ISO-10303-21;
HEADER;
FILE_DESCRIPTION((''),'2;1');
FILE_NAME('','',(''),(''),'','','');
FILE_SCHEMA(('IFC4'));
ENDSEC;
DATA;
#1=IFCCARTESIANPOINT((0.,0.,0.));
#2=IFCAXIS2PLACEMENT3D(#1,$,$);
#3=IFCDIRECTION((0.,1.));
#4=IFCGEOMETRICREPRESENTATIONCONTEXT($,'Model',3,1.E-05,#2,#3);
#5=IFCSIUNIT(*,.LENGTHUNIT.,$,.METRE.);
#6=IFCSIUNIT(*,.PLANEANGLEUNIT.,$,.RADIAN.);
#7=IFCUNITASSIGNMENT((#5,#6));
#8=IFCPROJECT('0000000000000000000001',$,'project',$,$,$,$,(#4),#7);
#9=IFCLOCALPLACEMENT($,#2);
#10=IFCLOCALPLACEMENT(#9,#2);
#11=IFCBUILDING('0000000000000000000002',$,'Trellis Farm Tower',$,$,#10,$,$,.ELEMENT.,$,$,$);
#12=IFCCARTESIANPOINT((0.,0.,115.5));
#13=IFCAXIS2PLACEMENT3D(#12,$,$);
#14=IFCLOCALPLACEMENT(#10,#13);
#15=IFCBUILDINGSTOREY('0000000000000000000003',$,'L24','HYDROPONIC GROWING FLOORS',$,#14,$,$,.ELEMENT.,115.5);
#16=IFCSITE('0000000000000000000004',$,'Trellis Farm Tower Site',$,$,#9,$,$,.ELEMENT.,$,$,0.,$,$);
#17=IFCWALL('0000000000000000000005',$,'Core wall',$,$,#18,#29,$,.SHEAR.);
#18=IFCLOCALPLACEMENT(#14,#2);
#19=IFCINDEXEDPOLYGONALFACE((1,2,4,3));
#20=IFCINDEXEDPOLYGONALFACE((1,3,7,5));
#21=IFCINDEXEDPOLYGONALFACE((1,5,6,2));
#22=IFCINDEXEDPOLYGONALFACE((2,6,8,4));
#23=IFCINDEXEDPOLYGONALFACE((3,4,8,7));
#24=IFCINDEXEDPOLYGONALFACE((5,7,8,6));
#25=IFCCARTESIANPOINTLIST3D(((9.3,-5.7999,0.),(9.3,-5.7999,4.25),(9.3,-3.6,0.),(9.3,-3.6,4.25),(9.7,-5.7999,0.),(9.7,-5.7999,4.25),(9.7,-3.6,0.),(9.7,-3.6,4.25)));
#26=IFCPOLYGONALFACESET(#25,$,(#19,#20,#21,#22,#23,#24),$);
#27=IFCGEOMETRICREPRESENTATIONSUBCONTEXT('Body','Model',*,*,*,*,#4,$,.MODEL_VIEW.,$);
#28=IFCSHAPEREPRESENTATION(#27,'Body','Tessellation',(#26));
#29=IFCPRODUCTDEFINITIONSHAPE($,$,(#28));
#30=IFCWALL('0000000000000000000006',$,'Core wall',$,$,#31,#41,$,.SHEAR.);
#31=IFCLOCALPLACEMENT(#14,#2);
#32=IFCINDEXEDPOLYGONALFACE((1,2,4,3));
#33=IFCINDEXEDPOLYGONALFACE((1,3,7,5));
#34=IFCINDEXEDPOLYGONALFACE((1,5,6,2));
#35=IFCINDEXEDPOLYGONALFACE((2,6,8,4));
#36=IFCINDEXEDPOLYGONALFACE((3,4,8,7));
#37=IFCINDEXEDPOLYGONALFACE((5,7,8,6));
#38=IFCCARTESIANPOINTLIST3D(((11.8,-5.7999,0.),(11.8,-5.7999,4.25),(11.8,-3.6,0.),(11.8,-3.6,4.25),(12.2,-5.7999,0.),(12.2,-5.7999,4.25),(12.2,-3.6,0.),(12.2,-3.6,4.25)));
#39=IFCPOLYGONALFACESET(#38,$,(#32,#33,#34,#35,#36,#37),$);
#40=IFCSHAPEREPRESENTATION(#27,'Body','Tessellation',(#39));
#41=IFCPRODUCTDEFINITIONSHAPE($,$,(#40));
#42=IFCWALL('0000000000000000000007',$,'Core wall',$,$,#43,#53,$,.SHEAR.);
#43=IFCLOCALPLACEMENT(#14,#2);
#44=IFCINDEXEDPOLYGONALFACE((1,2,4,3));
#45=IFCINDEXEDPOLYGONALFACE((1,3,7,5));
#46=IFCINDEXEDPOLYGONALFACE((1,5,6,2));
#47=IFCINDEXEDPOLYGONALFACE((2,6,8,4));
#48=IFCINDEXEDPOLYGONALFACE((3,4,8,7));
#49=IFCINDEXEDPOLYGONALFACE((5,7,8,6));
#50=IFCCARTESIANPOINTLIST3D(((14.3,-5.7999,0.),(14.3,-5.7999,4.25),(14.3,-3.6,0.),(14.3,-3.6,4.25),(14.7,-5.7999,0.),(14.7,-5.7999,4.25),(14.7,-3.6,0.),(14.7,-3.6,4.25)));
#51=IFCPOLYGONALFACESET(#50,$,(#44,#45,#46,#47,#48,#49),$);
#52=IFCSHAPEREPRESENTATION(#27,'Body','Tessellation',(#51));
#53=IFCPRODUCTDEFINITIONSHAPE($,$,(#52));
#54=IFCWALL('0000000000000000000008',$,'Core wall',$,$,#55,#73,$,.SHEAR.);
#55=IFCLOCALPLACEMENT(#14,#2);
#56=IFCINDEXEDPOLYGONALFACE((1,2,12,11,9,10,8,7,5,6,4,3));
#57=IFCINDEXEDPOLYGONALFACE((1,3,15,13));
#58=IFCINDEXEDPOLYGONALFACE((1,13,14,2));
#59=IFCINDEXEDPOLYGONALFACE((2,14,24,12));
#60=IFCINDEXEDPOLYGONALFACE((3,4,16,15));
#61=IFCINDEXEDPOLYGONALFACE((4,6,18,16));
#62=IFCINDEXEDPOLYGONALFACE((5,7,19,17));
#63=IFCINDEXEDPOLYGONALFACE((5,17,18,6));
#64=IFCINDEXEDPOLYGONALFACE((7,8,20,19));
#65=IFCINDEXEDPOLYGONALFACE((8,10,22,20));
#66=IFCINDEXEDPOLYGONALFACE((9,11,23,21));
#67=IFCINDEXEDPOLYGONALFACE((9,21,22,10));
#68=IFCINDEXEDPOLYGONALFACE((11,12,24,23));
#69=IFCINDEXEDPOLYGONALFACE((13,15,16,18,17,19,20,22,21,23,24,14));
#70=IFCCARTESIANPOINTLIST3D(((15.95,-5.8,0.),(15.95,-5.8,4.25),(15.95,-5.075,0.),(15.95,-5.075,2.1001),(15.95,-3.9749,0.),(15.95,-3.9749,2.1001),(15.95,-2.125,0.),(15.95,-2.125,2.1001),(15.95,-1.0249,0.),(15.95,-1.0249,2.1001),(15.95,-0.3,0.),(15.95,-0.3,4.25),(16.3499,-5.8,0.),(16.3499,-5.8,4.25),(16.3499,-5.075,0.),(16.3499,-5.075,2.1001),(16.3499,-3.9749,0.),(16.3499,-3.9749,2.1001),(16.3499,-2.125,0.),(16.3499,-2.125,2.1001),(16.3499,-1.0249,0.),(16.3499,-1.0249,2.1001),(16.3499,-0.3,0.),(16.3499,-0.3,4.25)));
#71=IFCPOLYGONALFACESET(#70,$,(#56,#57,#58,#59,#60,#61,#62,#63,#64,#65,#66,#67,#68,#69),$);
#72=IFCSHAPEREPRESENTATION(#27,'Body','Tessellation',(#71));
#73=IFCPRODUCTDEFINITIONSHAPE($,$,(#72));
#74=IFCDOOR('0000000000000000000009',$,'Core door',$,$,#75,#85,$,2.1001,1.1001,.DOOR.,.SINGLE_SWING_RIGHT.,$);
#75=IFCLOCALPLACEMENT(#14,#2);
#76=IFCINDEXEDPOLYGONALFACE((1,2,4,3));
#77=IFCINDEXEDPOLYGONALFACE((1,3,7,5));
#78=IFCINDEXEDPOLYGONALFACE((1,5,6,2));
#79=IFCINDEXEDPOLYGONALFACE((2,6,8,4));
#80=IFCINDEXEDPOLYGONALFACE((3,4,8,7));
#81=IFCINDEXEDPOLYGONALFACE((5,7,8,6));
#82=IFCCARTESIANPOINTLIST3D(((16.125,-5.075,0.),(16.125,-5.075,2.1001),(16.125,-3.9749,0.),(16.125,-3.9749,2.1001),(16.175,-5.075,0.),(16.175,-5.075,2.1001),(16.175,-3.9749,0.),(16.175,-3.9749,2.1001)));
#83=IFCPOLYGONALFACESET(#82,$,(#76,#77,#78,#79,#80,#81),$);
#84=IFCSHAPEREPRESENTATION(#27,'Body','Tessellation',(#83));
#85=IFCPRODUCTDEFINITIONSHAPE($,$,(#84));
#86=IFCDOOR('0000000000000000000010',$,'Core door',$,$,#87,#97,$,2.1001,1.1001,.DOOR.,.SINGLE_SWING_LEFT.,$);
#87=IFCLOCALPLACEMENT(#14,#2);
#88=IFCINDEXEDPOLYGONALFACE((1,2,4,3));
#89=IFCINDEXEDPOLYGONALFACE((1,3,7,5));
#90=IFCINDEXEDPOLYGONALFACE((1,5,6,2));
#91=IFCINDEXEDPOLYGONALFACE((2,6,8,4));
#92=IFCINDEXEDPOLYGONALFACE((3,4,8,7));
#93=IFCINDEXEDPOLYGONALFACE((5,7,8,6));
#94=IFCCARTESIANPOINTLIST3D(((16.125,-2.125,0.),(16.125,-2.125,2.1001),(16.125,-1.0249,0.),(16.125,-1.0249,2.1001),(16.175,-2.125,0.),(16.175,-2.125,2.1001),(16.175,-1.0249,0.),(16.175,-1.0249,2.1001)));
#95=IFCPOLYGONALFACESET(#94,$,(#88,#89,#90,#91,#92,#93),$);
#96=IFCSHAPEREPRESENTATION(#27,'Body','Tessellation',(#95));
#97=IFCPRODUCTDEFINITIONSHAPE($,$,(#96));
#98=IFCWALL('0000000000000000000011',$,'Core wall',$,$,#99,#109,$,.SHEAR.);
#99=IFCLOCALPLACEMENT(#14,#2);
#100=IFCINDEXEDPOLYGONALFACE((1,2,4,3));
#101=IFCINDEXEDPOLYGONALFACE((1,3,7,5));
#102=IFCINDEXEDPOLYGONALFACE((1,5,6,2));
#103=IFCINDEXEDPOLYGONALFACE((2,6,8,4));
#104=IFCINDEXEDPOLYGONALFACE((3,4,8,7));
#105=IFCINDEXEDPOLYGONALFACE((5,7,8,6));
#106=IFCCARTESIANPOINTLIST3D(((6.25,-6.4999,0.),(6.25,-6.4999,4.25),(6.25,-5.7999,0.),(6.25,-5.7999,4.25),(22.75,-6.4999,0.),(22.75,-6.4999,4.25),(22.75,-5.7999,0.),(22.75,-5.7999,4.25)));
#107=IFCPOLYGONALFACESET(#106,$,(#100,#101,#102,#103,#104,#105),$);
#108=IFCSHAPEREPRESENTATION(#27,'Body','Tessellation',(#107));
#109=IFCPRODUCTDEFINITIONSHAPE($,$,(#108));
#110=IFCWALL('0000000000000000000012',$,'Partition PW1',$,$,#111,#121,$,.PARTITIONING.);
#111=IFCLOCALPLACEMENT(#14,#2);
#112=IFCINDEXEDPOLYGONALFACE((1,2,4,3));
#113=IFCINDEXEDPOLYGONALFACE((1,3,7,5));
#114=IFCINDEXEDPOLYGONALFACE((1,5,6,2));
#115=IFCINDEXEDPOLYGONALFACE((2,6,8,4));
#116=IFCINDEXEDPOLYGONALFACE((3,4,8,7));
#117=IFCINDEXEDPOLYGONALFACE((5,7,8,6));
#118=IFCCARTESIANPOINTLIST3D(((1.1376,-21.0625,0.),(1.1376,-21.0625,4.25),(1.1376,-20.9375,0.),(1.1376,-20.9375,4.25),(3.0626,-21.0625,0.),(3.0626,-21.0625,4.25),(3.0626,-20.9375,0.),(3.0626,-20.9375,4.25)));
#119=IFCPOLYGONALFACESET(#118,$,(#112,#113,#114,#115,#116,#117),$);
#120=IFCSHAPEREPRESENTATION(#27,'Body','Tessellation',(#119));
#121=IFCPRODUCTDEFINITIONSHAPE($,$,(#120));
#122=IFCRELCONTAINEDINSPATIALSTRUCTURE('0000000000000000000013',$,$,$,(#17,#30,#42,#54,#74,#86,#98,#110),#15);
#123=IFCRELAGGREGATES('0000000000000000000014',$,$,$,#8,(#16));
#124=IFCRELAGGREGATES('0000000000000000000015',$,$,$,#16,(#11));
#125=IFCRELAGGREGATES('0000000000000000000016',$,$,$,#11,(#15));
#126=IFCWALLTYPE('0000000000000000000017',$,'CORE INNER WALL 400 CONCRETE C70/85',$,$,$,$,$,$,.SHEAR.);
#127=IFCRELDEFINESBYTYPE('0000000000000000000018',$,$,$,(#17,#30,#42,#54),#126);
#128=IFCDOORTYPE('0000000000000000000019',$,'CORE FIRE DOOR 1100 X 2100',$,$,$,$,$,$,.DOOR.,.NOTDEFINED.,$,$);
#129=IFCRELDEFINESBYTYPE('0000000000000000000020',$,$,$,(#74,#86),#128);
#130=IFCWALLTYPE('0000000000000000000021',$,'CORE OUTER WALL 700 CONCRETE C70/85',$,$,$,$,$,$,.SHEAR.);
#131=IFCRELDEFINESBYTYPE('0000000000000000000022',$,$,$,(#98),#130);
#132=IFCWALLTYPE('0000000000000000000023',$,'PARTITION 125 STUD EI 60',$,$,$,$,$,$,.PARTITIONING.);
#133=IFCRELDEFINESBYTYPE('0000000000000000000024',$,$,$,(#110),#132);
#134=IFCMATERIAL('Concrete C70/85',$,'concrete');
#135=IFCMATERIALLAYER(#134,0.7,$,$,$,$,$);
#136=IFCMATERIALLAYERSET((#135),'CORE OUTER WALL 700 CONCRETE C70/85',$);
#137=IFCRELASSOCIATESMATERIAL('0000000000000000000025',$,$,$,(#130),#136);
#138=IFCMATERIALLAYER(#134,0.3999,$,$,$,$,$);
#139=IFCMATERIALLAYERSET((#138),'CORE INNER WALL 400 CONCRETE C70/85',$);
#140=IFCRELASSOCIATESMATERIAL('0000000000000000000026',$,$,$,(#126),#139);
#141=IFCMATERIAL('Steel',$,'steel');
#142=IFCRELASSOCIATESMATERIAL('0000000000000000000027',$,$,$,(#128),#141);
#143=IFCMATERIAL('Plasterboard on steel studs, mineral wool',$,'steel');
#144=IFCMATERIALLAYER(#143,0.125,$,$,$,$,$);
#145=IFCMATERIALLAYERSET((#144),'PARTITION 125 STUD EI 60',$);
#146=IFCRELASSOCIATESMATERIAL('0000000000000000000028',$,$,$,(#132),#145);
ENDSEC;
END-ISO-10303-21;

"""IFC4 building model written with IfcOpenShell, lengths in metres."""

from ifc_helpers import new_model, si_unit, direction, frame, frame_2d, origin, place, context, subcontext, project, spatial, rectangle, extrude, source, transform, mapped, material, layer, layer_set, type_object, element, fill, save


model = new_model("IFC4")

# Units and contexts
model_context = context("Model", 3, precision=1e-05, world=origin(), true_north=direction((0.0, 1.0)))
body_context = subcontext(model_context, "Body", "Model", "MODEL_VIEW")
ifc_project = project(units=[si_unit("LENGTHUNIT", "METRE"), si_unit("PLANEANGLEUNIT", "RADIAN")], contexts=[model_context])

# Site, building, storey
site_placement = place(None, origin())
site = spatial("IfcSite", under=ifc_project, at=site_placement, Name="Trellis Farm Tower Site", CompositionType="ELEMENT", RefElevation=0.0)
building_placement = place(site_placement, origin())
building = spatial("IfcBuilding", under=site, at=building_placement, Name="Trellis Farm Tower", CompositionType="ELEMENT")
storey_placement = place(building_placement, frame((0.0, 0.0, 115.5)))
storey = spatial("IfcBuildingStorey", under=building, at=storey_placement, Name="L24", Description="HYDROPONIC GROWING FLOORS", CompositionType="ELEMENT", Elevation=115.5)

# Shared definitions
ifc_material_1 = material(Name="Concrete C70/85", Category="concrete")
ifc_layer_1 = layer(ifc_material_1, 0.7)
ifc_layer_set_1 = layer_set([ifc_layer_1], Name="CORE OUTER WALL 700 CONCRETE C70/85")
wall_type_1 = type_object("IfcWallType", Name="CORE OUTER WALL 700 CONCRETE C70/85", PredefinedType="SHEAR", material=ifc_layer_set_1)
ifc_material_2 = material(Name="Steel", Category="steel")

# Walls
ifc_layer_2 = layer(ifc_material_1, 0.3999)
ifc_layer_set_2 = layer_set([ifc_layer_2], Name="CORE INNER WALL 400 CONCRETE C70/85")
wall_type_2 = type_object("IfcWallType", Name="CORE INNER WALL 400 CONCRETE C70/85", PredefinedType="SHEAR", material=ifc_layer_set_2)
shared_shape_1 = source(origin(), body_context, "Body", "SweptSolid", [
    extrude(rectangle(XDim=2.2, YDim=0.3999, at=frame_2d((1.1001, 0.0))), origin(), (0.0, 0.0, 1.0), 4.25),
])
for number, where, z_axis, x_axis, name in (
    (1, (9.5, -5.8, 0.0), (0.0, 0.0, 1.0), (0.0, 1.0, 0.0), "Core wall"),
    (2, (12.0, -5.8, 0.0), (0.0, 0.0, 1.0), (0.0, 1.0, 0.0), "Core wall"),
    (3, (14.5, -5.8, 0.0), (0.0, 0.0, 1.0), (0.0, 1.0, 0.0), "Core wall"),
):
    element("IfcWall", number, at=place(storey_placement, frame(where, z_axis=z_axis, x_axis=x_axis)), inside=storey, type_object=wall_type_2, Name=name, PredefinedType="SHEAR", context=body_context, shape_type="MappedRepresentation", body=[
        mapped(shared_shape_1, transform((0.0, 0.0, 0.0))),
    ])

# Wall, openings, doors
shared_shape_2 = source(origin(), body_context, "Body", "SweptSolid", [
    extrude(rectangle(XDim=5.5, YDim=0.3999, at=frame_2d((2.75, 0.0))), origin(), (0.0, 0.0, 1.0), 4.25),
])
wall_1_placement = place(storey_placement, frame((16.1499, -5.8, 0.0), z_axis=(0.0, 0.0, 1.0), x_axis=(0.0, 1.0, 0.0)))
wall_1 = element("IfcWall", 4, at=wall_1_placement, inside=storey, type_object=wall_type_2, Name="Core wall", PredefinedType="SHEAR", context=body_context, shape_type="MappedRepresentation", body=[
    mapped(shared_shape_2, transform((0.0, 0.0, 0.0))),
])
shared_shape_3 = source(origin(), body_context, "Body", "SweptSolid", [
    extrude(rectangle(XDim=1.1001, YDim=2.1001, at=frame_2d((0.55, 1.05))), frame((0.0, 0.21, 0.0), z_axis=(0.0, -1.0, 0.0), x_axis=(1.0, 0.0, 0.0)), (0.0, 0.0, 1.0), 0.4199),
])
opening_1_placement = place(wall_1_placement, frame((0.7251, 0.0, 0.0)))
opening_1 = element("IfcOpeningElement", 5, at=opening_1_placement, cuts=wall_1, PredefinedType="OPENING", context=body_context, shape_type="MappedRepresentation", body=[
    mapped(shared_shape_3, transform((0.0, 0.0, 0.0))),
])
opening_2_placement = place(wall_1_placement, frame((3.675, 0.0, 0.0)))
opening_2 = element("IfcOpeningElement", 6, at=opening_2_placement, cuts=wall_1, PredefinedType="OPENING", context=body_context, shape_type="MappedRepresentation", body=[
    mapped(shared_shape_3, transform((0.0, 0.0, 0.0))),
])
door_type_1 = type_object("IfcDoorType", Name="CORE FIRE DOOR 1100 X 2100", OperationType="NOTDEFINED", PredefinedType="DOOR", material=ifc_material_2)
shared_shape_4 = source(origin(), body_context, "Body", "SweptSolid", [
    extrude(rectangle(XDim=1.1001, YDim=2.1001, at=frame_2d((0.55, 1.05))), frame((0.0, 0.0249, 0.0), z_axis=(0.0, -1.0, 0.0), x_axis=(1.0, 0.0, 0.0)), (0.0, 0.0, 1.0), 0.05),
])
door_1_placement = place(opening_1_placement, origin())
door_1 = element("IfcDoor", 7, at=door_1_placement, inside=storey, type_object=door_type_1, Name="Core door", OperationType="SINGLE_SWING_RIGHT", OverallHeight=2.1001, OverallWidth=1.1001, PredefinedType="DOOR", context=body_context, shape_type="MappedRepresentation", body=[
    mapped(shared_shape_4, transform((0.0, 0.0, 0.0))),
])
fill(opening_1, door_1)
door_2_placement = place(opening_2_placement, origin())
door_2 = element("IfcDoor", 8, at=door_2_placement, inside=storey, type_object=door_type_1, Name="Core door", OperationType="SINGLE_SWING_LEFT", OverallHeight=2.1001, OverallWidth=1.1001, PredefinedType="DOOR", context=body_context, shape_type="MappedRepresentation", body=[
    mapped(shared_shape_4, transform((0.0, 0.0, 0.0))),
])
fill(opening_2, door_2)

# Walls
shared_shape_5 = source(origin(), body_context, "Body", "SweptSolid", [
    extrude(rectangle(XDim=16.5, YDim=0.7, at=frame_2d((8.25, 0.0))), origin(), (0.0, 0.0, 1.0), 4.25),
])
wall_2_placement = place(storey_placement, frame((6.25, -6.1499, 0.0), z_axis=(0.0, 0.0, 1.0), x_axis=(1.0, 0.0, 0.0)))
element("IfcWall", 9, at=wall_2_placement, inside=storey, type_object=wall_type_1, Name="Core wall", PredefinedType="SHEAR", context=body_context, shape_type="MappedRepresentation", body=[
    mapped(shared_shape_5, transform((0.0, 0.0, 0.0))),
])
ifc_material_3 = material(Name="Plasterboard on steel studs, mineral wool", Category="steel")
ifc_layer_3 = layer(ifc_material_3, 0.125)
ifc_layer_set_3 = layer_set([ifc_layer_3], Name="PARTITION 125 STUD EI 60")
wall_type_3 = type_object("IfcWallType", Name="PARTITION 125 STUD EI 60", PredefinedType="PARTITIONING", material=ifc_layer_set_3)
shared_shape_6 = source(origin(), body_context, "Body", "SweptSolid", [
    extrude(rectangle(XDim=1.925, YDim=0.125, at=frame_2d((0.9624, 0.0))), origin(), (0.0, 0.0, 1.0), 4.25),
])
wall_3_placement = place(storey_placement, frame((3.0625, -21.0, 0.0), z_axis=(0.0, 0.0, 1.0), x_axis=(-1.0, 0.0, 0.0)))
element("IfcWall", 10, at=wall_3_placement, inside=storey, type_object=wall_type_3, Name="Partition PW1", PredefinedType="PARTITIONING", context=body_context, shape_type="MappedRepresentation", body=[
    mapped(shared_shape_6, transform((0.0, 0.0, 0.0))),
])

save(model, "model.ifc")
